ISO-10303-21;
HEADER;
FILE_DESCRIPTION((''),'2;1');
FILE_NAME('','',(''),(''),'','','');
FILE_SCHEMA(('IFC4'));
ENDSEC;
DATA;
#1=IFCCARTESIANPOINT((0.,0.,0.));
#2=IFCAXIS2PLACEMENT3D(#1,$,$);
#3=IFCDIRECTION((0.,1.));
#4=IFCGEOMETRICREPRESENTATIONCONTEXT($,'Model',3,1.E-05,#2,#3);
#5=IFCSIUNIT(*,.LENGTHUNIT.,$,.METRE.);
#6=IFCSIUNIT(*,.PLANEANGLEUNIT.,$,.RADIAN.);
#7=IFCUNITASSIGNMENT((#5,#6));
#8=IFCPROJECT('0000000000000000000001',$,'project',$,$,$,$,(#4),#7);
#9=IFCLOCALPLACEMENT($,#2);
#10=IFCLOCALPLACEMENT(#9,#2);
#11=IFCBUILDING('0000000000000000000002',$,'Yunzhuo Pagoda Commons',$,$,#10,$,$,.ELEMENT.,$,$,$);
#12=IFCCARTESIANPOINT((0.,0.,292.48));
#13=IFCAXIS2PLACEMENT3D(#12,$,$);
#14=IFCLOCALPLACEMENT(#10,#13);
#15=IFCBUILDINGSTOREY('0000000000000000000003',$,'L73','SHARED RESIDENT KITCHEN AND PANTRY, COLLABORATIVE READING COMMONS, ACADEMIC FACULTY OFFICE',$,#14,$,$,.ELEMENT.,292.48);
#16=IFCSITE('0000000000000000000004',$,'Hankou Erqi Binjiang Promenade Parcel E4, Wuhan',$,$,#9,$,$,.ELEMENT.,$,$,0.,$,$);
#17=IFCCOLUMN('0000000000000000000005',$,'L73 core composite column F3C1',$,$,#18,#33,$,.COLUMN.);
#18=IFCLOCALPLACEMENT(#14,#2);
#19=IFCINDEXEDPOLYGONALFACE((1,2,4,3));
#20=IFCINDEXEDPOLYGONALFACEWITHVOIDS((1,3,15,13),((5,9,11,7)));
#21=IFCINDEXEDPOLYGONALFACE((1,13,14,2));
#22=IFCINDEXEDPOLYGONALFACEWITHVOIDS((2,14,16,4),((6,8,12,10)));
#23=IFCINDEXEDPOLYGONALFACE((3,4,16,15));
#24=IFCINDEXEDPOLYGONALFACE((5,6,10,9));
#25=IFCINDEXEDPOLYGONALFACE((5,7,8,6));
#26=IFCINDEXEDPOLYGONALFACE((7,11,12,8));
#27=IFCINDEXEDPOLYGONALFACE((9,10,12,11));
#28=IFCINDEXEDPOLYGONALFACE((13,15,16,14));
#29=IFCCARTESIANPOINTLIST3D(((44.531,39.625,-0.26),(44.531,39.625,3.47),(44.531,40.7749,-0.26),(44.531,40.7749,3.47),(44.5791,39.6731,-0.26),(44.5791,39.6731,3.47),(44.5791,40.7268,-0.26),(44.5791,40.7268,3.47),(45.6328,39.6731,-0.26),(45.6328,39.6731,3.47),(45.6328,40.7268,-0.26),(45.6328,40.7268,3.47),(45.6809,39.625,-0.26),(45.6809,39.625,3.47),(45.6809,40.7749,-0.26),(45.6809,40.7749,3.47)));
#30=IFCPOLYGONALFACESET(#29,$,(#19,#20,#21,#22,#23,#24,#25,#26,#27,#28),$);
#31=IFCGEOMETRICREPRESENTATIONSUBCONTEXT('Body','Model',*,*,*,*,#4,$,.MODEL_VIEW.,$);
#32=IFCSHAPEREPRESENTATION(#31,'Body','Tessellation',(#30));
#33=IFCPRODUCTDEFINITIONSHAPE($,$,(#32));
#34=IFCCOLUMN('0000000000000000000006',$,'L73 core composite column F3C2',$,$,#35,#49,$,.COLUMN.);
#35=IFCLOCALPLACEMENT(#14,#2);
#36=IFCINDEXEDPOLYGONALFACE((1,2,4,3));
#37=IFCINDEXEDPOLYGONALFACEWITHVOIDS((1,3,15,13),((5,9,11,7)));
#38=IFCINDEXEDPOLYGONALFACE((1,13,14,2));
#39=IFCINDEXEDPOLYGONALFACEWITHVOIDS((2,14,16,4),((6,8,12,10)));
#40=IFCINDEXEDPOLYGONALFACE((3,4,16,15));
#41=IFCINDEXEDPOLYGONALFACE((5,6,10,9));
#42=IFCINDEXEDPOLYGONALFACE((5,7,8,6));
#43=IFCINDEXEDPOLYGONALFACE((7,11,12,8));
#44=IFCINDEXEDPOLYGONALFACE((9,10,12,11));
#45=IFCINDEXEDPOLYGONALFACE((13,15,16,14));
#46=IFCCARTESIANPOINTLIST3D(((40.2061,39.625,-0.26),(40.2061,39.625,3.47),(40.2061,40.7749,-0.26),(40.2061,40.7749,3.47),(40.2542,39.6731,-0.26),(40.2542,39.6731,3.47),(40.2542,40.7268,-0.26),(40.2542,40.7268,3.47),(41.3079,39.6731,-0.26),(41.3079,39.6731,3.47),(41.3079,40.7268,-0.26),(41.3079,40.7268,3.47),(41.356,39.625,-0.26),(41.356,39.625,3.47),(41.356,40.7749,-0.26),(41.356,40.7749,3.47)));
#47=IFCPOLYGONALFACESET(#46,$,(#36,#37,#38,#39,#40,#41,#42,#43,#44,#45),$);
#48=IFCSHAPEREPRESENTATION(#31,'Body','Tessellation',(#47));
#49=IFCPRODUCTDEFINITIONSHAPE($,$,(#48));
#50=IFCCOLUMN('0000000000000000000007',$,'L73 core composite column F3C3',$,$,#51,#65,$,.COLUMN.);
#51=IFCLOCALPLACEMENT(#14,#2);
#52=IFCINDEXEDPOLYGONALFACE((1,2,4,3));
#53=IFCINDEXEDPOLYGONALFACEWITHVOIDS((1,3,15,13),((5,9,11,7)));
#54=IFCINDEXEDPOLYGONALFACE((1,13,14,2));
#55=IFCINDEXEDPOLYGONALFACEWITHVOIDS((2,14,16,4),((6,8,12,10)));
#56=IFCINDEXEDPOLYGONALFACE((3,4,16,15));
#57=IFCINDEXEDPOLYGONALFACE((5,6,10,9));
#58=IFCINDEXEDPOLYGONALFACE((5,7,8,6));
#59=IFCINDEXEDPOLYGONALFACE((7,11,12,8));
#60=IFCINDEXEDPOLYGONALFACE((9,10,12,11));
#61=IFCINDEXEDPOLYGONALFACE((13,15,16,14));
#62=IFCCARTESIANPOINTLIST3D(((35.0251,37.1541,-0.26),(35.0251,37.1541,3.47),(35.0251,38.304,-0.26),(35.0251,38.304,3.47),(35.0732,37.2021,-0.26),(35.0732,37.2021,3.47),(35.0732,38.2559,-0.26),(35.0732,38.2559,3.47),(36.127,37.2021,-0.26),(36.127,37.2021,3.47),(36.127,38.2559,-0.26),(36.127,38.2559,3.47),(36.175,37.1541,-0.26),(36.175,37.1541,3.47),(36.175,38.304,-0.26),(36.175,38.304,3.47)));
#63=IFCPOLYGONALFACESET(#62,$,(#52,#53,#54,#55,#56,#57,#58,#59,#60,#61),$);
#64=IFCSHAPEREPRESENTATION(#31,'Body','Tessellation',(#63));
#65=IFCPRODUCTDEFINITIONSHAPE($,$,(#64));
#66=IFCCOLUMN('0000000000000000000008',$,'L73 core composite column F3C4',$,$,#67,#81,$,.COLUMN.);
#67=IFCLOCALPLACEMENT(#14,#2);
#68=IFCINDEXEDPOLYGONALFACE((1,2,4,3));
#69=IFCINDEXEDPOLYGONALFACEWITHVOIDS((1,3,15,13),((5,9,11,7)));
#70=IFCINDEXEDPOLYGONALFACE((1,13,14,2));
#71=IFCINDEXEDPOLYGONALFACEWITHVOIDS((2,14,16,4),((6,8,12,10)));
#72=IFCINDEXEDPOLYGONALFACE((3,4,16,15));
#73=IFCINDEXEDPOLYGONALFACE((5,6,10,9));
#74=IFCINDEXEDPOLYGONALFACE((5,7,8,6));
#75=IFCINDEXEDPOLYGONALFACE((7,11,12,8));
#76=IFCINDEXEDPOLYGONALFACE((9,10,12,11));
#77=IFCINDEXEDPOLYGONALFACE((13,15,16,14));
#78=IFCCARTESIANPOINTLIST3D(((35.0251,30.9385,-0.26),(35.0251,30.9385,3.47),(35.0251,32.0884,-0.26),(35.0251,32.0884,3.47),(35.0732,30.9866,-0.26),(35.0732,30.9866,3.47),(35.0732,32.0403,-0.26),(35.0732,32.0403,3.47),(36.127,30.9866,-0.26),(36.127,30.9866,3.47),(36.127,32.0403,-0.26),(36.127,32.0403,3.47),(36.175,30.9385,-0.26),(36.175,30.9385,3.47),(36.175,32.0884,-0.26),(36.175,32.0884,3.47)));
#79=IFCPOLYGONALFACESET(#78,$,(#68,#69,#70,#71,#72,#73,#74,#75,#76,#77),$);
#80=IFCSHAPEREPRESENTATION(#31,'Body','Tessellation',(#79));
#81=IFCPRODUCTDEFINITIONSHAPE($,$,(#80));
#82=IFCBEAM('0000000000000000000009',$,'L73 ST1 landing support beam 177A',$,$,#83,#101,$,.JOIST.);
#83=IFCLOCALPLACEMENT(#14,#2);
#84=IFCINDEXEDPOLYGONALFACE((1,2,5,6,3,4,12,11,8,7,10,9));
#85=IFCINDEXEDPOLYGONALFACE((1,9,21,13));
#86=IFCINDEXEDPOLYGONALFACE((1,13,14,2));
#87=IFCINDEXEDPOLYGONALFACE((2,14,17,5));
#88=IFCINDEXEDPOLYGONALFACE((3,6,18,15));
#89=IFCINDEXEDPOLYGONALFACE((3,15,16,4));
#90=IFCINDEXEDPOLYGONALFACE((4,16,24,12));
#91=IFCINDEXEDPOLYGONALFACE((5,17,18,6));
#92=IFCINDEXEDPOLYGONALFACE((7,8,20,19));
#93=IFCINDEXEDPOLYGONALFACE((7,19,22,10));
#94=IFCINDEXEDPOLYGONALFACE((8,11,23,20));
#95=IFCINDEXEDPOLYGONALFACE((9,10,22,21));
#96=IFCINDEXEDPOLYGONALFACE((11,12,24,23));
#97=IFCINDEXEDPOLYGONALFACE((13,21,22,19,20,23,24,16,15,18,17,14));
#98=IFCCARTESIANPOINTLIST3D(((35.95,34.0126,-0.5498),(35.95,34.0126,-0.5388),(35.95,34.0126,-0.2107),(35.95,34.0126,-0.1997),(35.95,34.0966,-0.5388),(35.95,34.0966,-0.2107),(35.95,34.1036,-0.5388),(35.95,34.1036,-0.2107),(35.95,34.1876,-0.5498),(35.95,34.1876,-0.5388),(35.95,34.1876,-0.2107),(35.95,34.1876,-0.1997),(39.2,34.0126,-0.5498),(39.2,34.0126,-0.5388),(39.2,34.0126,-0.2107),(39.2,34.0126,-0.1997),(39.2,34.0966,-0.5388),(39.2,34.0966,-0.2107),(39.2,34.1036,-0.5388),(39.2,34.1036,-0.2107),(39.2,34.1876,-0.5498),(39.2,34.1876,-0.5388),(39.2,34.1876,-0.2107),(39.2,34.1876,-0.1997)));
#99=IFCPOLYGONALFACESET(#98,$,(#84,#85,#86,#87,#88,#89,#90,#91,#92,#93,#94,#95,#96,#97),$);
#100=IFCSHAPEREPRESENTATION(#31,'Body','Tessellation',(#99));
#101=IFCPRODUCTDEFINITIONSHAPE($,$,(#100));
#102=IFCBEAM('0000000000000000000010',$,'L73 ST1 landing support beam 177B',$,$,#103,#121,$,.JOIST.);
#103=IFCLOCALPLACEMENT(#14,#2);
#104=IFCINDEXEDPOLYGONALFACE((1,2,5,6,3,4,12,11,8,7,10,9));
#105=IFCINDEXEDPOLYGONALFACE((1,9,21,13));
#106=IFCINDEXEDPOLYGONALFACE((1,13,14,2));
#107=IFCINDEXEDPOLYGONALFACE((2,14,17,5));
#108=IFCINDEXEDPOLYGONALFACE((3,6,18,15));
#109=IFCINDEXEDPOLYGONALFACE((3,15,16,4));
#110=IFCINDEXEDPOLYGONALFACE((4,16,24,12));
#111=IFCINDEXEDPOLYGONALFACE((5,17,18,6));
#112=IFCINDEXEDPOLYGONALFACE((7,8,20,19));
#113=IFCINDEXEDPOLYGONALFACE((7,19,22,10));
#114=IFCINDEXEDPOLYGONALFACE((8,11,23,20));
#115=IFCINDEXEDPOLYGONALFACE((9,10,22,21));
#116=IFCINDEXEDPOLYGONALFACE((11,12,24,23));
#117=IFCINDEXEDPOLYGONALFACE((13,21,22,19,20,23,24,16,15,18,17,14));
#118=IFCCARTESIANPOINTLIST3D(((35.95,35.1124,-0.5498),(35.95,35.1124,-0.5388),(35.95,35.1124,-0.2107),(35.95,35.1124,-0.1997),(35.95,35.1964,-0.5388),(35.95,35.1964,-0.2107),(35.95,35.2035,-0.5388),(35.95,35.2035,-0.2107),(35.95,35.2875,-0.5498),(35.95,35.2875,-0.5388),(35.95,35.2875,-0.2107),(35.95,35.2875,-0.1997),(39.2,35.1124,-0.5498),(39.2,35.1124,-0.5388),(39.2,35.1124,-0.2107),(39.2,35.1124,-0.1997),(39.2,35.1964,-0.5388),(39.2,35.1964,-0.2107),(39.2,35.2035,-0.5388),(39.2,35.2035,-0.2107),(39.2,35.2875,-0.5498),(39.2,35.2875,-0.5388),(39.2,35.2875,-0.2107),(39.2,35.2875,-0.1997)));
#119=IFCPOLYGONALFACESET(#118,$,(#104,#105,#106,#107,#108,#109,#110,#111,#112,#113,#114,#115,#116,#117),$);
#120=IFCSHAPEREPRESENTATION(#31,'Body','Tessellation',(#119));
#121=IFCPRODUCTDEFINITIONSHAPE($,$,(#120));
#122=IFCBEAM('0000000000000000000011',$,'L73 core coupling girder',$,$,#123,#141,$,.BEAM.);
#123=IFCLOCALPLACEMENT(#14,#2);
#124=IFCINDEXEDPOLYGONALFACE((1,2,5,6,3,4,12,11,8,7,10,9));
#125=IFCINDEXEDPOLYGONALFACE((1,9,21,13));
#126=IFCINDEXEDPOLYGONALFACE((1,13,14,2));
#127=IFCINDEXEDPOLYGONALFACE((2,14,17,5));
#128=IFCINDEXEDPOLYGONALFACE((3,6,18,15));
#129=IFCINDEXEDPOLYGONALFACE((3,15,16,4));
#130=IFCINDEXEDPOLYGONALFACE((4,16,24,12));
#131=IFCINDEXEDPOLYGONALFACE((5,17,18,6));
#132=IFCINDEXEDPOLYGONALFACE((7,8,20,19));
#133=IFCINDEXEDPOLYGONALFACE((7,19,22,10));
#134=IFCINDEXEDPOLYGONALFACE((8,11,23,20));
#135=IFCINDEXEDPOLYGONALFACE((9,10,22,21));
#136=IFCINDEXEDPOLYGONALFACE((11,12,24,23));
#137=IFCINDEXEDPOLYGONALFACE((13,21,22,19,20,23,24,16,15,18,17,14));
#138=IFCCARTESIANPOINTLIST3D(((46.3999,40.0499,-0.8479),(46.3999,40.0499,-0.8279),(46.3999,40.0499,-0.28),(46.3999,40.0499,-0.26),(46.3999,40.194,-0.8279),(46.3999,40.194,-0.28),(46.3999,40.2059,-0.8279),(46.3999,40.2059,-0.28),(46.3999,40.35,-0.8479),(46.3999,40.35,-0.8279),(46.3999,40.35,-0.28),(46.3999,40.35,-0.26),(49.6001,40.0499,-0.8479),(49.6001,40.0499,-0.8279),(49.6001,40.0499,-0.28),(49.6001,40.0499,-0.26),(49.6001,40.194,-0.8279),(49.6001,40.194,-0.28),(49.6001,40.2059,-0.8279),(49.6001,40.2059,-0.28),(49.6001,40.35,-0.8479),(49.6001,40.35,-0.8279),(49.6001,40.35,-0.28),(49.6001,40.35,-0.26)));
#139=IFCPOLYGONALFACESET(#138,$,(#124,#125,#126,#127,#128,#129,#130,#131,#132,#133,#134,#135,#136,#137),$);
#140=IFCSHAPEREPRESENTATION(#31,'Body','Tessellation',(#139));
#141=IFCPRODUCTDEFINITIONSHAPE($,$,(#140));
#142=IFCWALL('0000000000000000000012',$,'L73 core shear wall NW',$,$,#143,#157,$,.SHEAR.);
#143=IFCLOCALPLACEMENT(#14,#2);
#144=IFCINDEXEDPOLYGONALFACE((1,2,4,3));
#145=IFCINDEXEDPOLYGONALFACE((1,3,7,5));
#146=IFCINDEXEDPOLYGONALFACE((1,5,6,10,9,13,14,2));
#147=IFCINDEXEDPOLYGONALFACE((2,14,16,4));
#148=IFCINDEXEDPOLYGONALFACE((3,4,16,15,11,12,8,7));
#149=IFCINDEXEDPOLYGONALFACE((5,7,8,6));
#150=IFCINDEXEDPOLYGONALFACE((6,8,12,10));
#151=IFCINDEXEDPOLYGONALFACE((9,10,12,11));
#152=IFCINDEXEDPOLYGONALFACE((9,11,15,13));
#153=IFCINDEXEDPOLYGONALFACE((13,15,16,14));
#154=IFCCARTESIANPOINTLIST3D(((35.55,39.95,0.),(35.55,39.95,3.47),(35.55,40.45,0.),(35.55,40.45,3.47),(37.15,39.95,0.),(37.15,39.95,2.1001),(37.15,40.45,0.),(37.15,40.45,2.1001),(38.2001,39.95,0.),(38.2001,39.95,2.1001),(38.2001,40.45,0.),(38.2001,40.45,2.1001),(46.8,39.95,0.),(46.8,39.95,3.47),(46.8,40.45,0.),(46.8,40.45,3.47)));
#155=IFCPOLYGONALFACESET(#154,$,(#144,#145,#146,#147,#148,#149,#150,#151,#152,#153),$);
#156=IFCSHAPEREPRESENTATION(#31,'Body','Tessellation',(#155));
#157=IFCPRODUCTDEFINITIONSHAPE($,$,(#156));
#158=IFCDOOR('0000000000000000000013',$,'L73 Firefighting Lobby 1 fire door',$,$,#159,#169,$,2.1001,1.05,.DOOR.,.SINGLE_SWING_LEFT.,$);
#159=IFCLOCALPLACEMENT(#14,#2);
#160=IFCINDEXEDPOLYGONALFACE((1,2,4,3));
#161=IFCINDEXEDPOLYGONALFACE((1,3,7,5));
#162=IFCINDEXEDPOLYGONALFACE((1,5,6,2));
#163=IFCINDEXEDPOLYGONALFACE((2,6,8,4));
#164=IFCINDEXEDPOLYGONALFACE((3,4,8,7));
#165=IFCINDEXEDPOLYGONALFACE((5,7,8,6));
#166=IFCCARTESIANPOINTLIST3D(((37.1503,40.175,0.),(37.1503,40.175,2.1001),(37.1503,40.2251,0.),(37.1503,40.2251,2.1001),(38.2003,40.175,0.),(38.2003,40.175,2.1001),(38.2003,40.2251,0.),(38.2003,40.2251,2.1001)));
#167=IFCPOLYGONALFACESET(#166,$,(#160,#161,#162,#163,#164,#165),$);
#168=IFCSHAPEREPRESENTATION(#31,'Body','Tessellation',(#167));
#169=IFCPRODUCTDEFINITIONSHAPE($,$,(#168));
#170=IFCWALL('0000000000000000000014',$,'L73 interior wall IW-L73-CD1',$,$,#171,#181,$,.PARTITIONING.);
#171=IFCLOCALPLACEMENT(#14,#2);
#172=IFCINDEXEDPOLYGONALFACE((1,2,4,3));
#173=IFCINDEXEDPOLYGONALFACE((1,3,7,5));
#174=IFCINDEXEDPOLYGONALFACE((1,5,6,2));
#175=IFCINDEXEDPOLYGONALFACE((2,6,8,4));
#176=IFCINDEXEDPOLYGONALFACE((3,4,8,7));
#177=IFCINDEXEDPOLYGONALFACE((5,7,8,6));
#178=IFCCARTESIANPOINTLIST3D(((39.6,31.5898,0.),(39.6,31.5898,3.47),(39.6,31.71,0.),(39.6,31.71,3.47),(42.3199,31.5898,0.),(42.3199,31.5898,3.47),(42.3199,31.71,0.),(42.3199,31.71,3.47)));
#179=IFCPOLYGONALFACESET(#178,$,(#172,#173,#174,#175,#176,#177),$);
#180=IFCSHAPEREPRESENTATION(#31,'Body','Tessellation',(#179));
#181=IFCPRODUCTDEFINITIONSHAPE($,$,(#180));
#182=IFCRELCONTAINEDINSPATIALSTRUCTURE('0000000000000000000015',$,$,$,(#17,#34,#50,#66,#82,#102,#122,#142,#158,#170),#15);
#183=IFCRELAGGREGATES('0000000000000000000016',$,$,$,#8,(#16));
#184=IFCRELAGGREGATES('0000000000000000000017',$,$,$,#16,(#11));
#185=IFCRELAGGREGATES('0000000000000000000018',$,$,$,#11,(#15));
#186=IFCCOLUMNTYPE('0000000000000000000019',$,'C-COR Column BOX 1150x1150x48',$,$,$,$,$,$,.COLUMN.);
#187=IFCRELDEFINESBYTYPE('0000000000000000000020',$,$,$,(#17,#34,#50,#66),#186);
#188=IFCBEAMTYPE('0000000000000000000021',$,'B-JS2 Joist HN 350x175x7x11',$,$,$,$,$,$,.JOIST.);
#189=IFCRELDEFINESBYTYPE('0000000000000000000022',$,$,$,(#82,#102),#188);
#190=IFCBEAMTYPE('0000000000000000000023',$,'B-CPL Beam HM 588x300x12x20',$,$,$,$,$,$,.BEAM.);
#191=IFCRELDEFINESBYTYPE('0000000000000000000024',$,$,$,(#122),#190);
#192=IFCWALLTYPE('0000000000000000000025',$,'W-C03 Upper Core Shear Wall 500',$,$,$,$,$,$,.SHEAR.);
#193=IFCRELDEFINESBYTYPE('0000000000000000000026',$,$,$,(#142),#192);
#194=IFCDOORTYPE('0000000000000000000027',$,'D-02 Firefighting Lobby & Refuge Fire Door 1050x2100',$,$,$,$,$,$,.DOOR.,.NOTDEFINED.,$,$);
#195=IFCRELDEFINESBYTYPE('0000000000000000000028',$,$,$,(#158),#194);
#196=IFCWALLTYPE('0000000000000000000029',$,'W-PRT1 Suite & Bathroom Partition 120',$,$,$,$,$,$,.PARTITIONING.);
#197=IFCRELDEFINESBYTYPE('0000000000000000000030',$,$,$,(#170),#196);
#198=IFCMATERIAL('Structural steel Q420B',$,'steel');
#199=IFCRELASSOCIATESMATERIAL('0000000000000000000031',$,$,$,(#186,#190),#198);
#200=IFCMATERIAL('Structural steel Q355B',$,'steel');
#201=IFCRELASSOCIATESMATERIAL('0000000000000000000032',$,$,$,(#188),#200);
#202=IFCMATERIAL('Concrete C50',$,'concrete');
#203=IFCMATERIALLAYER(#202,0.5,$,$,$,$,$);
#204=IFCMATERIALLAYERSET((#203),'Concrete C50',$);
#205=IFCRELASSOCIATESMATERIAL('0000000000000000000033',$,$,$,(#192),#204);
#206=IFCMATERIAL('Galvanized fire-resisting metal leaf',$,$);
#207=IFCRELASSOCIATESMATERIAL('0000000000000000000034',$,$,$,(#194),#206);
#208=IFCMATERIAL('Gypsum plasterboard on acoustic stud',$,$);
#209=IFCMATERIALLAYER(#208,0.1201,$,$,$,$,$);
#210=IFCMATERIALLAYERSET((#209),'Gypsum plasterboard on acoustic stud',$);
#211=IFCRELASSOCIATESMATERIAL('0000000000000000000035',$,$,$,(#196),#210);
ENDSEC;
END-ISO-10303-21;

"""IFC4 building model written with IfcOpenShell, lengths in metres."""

from ifc_helpers import new_model, si_unit, direction, frame, frame_2d, origin, origin_2d, place, context, subcontext, project, spatial, rectangle, hollow_rectangle, i_section, extrude, source, transform, mapped, material, layer, layer_set, material_profile, profile_set, type_object, element, fill, save


model = new_model("IFC4")

# Units and contexts
model_context = context("Model", 3, precision=1e-05, world=origin(), true_north=direction((0.0, 1.0)))
body_context = subcontext(model_context, "Body", "Model", "MODEL_VIEW")
ifc_project = project(units=[si_unit("LENGTHUNIT", "METRE"), si_unit("PLANEANGLEUNIT", "RADIAN")], contexts=[model_context])

# Site, building, storey
site_placement = place(None, origin())
site = spatial("IfcSite", under=ifc_project, at=site_placement, Name="Hankou Erqi Binjiang Promenade Parcel E4, Wuhan", CompositionType="ELEMENT", RefElevation=0.0)
building_placement = place(site_placement, origin())
building = spatial("IfcBuilding", under=site, at=building_placement, Name="Yunzhuo Pagoda Commons", CompositionType="ELEMENT")
storey_placement = place(building_placement, frame((0.0, 0.0, 292.48)))
storey = spatial("IfcBuildingStorey", under=building, at=storey_placement, Name="L73", Description="SHARED RESIDENT KITCHEN AND PANTRY, COLLABORATIVE READING COMMONS, ACADEMIC FACULTY OFFICE", CompositionType="ELEMENT", Elevation=292.48)

# Columns
ifc_material_1 = material(Name="Structural steel Q420B", Category="steel")
ifc_material_profile_1 = material_profile(ifc_material_1, hollow_rectangle(XDim=1.1499, YDim=1.1499, WallThickness=0.0481, at=origin_2d()), Name="Structural steel Q420B")
ifc_profile_set_1 = profile_set([ifc_material_profile_1], Name="Structural steel Q420B")
column_type = type_object("IfcColumnType", Name="C-COR Column BOX 1150x1150x48", PredefinedType="COLUMN", material=ifc_profile_set_1)
shared_shape_1 = source(origin(), body_context, "Body", "SweptSolid", [
    extrude(hollow_rectangle(XDim=1.1499, YDim=1.1499, WallThickness=0.0481, at=origin_2d()), origin(), (0.0, 0.0, 1.0), 3.73),
])
for number, where, z_axis, x_axis, name in (
    (1, (45.106, 40.2, -0.26), (0.0, 0.0, 1.0), (1.0, 0.0, 0.0), "L73 core composite column F3C1"),
    (2, (40.781, 40.2, -0.26), (0.0, 0.0, 1.0), (1.0, 0.0, 0.0), "L73 core composite column F3C2"),
    (3, (35.6001, 37.729, -0.26), (0.0, 0.0, 1.0), (1.0, 0.0, 0.0), "L73 core composite column F3C3"),
    (4, (35.6001, 31.5134, -0.26), (0.0, 0.0, 1.0), (1.0, 0.0, 0.0), "L73 core composite column F3C4"),
):
    element("IfcColumn", number, at=place(storey_placement, frame(where, z_axis=z_axis, x_axis=x_axis)), inside=storey, type_object=column_type, Name=name, PredefinedType="COLUMN", context=body_context, shape_type="MappedRepresentation", body=[
        mapped(shared_shape_1, transform((0.0, 0.0, 0.0), scale=1.0)),
    ])

# Beams
ifc_material_2 = material(Name="Structural steel Q355B", Category="steel")
ifc_material_profile_2 = material_profile(ifc_material_2, i_section(OverallWidth=0.175, OverallDepth=0.3501, WebThickness=0.0071, FlangeThickness=0.011, at=origin_2d()), Name="Structural steel Q355B")
ifc_profile_set_2 = profile_set([ifc_material_profile_2], Name="Structural steel Q355B")
beam_type_1 = type_object("IfcBeamType", Name="B-JS2 Joist HN 350x175x7x11", PredefinedType="JOIST", material=ifc_profile_set_2)
shared_shape_2 = source(origin(), body_context, "Body", "SweptSolid", [
    extrude(i_section(OverallWidth=0.175, OverallDepth=0.3501, WebThickness=0.0071, FlangeThickness=0.011, at=origin_2d()), origin(), (0.0, 0.0, 1.0), 3.25),
])
for number, where, z_axis, x_axis, name in (
    (5, (35.95, 34.1001, -0.3748), (1.0, 0.0, 0.0), (0.0, 1.0, 0.0), "L73 ST1 landing support beam 177A"),
    (6, (35.95, 35.2, -0.3748), (1.0, 0.0, 0.0), (0.0, 1.0, 0.0), "L73 ST1 landing support beam 177B"),
):
    element("IfcBeam", number, at=place(storey_placement, frame(where, z_axis=z_axis, x_axis=x_axis)), inside=storey, type_object=beam_type_1, Name=name, PredefinedType="JOIST", context=body_context, shape_type="MappedRepresentation", body=[
        mapped(shared_shape_2, transform((0.0, 0.0, 0.0), scale=1.0)),
    ])
ifc_material_profile_3 = material_profile(ifc_material_1, i_section(OverallWidth=0.3, OverallDepth=0.5879, WebThickness=0.012, FlangeThickness=0.02, at=origin_2d()), Name="Structural steel Q420B")
ifc_profile_set_3 = profile_set([ifc_material_profile_3], Name="Structural steel Q420B")
beam_type_2 = type_object("IfcBeamType", Name="B-CPL Beam HM 588x300x12x20", PredefinedType="BEAM", material=ifc_profile_set_3)
shared_shape_3 = source(origin(), body_context, "Body", "SweptSolid", [
    extrude(i_section(OverallWidth=0.3, OverallDepth=0.5879, WebThickness=0.012, FlangeThickness=0.02, at=origin_2d()), origin(), (0.0, 0.0, 1.0), 3.2002),
])
beam_placement = place(storey_placement, frame((46.3999, 40.2, -0.554), z_axis=(1.0, 0.0, 0.0), x_axis=(0.0, 1.0, 0.0)))
element("IfcBeam", 7, at=beam_placement, inside=storey, type_object=beam_type_2, Name="L73 core coupling girder", PredefinedType="BEAM", context=body_context, shape_type="MappedRepresentation", body=[
    mapped(shared_shape_3, transform((0.0, 0.0, 0.0), scale=1.0)),
])

# Wall, opening, door
ifc_material_3 = material(Name="Concrete C50", Category="concrete")
ifc_layer_1 = layer(ifc_material_3, 0.5)
ifc_layer_set_1 = layer_set([ifc_layer_1], Name="Concrete C50")
wall_type_1 = type_object("IfcWallType", Name="W-C03 Upper Core Shear Wall 500", PredefinedType="SHEAR", material=ifc_layer_set_1)
wall_1_placement = place(storey_placement, frame((35.55, 40.2, 0.0), z_axis=(0.0, 0.0, 1.0), x_axis=(1.0, 0.0, 0.0)))
wall_1 = element("IfcWall", 8, at=wall_1_placement, inside=storey, type_object=wall_type_1, Name="L73 core shear wall NW", PredefinedType="SHEAR", context=body_context, shape_type="SweptSolid", body=[
    extrude(rectangle(XDim=11.25, YDim=0.5, at=frame_2d((5.625, 0.0))), origin(), (0.0, 0.0, 1.0), 3.47),
])
opening_1_placement = place(wall_1_placement, frame((1.6001, 0.0, 0.0)))
opening_1 = element("IfcOpeningElement", 9, at=opening_1_placement, cuts=wall_1, PredefinedType="OPENING", context=body_context, shape_type="SweptSolid", body=[
    extrude(rectangle(XDim=1.05, YDim=2.1001, at=frame_2d((0.5249, 1.05))), frame((0.0, 0.26, 0.0), z_axis=(0.0, -1.0, 0.0), x_axis=(1.0, 0.0, 0.0)), (0.0, 0.0, 1.0), 0.52),
])
ifc_material_4 = material(Name="Galvanized fire-resisting metal leaf")
door_type_1 = type_object("IfcDoorType", Name="D-02 Firefighting Lobby & Refuge Fire Door 1050x2100", OperationType="NOTDEFINED", PredefinedType="DOOR", material=ifc_material_4)
shared_shape_4 = source(origin(), body_context, "Body", "SweptSolid", [
    extrude(rectangle(XDim=1.05, YDim=2.1001, at=frame_2d((0.5249, 1.05))), frame((0.0, 0.0249, 0.0), z_axis=(0.0, -1.0, 0.0), x_axis=(1.0, 0.0, 0.0)), (0.0, 0.0, 1.0), 0.05),
])
door_1_placement = place(opening_1_placement, frame((1.05, 0.0, 0.0), z_axis=(0.0, 0.0, 1.0), x_axis=(-1.0, 0.0, 0.0)))
door_1 = element("IfcDoor", 10, at=door_1_placement, inside=storey, type_object=door_type_1, Name="L73 Firefighting Lobby 1 fire door", OperationType="SINGLE_SWING_LEFT", OverallHeight=2.1001, OverallWidth=1.05, PredefinedType="DOOR", context=body_context, shape_type="MappedRepresentation", body=[
    mapped(shared_shape_4, transform((0.0, 0.0, 0.0), scale=1.0)),
])
fill(opening_1, door_1)

# Wall
ifc_material_5 = material(Name="Gypsum plasterboard on acoustic stud")
ifc_layer_2 = layer(ifc_material_5, 0.1201)
ifc_layer_set_2 = layer_set([ifc_layer_2], Name="Gypsum plasterboard on acoustic stud")
wall_type_2 = type_object("IfcWallType", Name="W-PRT1 Suite & Bathroom Partition 120", PredefinedType="PARTITIONING", material=ifc_layer_set_2)
wall_2_placement = place(storey_placement, frame((39.6001, 31.6499, 0.0), z_axis=(0.0, 0.0, 1.0), x_axis=(1.0, 0.0, 0.0)))
element("IfcWall", 11, at=wall_2_placement, inside=storey, type_object=wall_type_2, Name="L73 interior wall IW-L73-CD1", PredefinedType="PARTITIONING", context=body_context, shape_type="SweptSolid", body=[
    extrude(rectangle(XDim=2.72, YDim=0.1201, at=frame_2d((1.3599, 0.0))), origin(), (0.0, 0.0, 1.0), 3.47),
])

save(model, "model.ifc")
